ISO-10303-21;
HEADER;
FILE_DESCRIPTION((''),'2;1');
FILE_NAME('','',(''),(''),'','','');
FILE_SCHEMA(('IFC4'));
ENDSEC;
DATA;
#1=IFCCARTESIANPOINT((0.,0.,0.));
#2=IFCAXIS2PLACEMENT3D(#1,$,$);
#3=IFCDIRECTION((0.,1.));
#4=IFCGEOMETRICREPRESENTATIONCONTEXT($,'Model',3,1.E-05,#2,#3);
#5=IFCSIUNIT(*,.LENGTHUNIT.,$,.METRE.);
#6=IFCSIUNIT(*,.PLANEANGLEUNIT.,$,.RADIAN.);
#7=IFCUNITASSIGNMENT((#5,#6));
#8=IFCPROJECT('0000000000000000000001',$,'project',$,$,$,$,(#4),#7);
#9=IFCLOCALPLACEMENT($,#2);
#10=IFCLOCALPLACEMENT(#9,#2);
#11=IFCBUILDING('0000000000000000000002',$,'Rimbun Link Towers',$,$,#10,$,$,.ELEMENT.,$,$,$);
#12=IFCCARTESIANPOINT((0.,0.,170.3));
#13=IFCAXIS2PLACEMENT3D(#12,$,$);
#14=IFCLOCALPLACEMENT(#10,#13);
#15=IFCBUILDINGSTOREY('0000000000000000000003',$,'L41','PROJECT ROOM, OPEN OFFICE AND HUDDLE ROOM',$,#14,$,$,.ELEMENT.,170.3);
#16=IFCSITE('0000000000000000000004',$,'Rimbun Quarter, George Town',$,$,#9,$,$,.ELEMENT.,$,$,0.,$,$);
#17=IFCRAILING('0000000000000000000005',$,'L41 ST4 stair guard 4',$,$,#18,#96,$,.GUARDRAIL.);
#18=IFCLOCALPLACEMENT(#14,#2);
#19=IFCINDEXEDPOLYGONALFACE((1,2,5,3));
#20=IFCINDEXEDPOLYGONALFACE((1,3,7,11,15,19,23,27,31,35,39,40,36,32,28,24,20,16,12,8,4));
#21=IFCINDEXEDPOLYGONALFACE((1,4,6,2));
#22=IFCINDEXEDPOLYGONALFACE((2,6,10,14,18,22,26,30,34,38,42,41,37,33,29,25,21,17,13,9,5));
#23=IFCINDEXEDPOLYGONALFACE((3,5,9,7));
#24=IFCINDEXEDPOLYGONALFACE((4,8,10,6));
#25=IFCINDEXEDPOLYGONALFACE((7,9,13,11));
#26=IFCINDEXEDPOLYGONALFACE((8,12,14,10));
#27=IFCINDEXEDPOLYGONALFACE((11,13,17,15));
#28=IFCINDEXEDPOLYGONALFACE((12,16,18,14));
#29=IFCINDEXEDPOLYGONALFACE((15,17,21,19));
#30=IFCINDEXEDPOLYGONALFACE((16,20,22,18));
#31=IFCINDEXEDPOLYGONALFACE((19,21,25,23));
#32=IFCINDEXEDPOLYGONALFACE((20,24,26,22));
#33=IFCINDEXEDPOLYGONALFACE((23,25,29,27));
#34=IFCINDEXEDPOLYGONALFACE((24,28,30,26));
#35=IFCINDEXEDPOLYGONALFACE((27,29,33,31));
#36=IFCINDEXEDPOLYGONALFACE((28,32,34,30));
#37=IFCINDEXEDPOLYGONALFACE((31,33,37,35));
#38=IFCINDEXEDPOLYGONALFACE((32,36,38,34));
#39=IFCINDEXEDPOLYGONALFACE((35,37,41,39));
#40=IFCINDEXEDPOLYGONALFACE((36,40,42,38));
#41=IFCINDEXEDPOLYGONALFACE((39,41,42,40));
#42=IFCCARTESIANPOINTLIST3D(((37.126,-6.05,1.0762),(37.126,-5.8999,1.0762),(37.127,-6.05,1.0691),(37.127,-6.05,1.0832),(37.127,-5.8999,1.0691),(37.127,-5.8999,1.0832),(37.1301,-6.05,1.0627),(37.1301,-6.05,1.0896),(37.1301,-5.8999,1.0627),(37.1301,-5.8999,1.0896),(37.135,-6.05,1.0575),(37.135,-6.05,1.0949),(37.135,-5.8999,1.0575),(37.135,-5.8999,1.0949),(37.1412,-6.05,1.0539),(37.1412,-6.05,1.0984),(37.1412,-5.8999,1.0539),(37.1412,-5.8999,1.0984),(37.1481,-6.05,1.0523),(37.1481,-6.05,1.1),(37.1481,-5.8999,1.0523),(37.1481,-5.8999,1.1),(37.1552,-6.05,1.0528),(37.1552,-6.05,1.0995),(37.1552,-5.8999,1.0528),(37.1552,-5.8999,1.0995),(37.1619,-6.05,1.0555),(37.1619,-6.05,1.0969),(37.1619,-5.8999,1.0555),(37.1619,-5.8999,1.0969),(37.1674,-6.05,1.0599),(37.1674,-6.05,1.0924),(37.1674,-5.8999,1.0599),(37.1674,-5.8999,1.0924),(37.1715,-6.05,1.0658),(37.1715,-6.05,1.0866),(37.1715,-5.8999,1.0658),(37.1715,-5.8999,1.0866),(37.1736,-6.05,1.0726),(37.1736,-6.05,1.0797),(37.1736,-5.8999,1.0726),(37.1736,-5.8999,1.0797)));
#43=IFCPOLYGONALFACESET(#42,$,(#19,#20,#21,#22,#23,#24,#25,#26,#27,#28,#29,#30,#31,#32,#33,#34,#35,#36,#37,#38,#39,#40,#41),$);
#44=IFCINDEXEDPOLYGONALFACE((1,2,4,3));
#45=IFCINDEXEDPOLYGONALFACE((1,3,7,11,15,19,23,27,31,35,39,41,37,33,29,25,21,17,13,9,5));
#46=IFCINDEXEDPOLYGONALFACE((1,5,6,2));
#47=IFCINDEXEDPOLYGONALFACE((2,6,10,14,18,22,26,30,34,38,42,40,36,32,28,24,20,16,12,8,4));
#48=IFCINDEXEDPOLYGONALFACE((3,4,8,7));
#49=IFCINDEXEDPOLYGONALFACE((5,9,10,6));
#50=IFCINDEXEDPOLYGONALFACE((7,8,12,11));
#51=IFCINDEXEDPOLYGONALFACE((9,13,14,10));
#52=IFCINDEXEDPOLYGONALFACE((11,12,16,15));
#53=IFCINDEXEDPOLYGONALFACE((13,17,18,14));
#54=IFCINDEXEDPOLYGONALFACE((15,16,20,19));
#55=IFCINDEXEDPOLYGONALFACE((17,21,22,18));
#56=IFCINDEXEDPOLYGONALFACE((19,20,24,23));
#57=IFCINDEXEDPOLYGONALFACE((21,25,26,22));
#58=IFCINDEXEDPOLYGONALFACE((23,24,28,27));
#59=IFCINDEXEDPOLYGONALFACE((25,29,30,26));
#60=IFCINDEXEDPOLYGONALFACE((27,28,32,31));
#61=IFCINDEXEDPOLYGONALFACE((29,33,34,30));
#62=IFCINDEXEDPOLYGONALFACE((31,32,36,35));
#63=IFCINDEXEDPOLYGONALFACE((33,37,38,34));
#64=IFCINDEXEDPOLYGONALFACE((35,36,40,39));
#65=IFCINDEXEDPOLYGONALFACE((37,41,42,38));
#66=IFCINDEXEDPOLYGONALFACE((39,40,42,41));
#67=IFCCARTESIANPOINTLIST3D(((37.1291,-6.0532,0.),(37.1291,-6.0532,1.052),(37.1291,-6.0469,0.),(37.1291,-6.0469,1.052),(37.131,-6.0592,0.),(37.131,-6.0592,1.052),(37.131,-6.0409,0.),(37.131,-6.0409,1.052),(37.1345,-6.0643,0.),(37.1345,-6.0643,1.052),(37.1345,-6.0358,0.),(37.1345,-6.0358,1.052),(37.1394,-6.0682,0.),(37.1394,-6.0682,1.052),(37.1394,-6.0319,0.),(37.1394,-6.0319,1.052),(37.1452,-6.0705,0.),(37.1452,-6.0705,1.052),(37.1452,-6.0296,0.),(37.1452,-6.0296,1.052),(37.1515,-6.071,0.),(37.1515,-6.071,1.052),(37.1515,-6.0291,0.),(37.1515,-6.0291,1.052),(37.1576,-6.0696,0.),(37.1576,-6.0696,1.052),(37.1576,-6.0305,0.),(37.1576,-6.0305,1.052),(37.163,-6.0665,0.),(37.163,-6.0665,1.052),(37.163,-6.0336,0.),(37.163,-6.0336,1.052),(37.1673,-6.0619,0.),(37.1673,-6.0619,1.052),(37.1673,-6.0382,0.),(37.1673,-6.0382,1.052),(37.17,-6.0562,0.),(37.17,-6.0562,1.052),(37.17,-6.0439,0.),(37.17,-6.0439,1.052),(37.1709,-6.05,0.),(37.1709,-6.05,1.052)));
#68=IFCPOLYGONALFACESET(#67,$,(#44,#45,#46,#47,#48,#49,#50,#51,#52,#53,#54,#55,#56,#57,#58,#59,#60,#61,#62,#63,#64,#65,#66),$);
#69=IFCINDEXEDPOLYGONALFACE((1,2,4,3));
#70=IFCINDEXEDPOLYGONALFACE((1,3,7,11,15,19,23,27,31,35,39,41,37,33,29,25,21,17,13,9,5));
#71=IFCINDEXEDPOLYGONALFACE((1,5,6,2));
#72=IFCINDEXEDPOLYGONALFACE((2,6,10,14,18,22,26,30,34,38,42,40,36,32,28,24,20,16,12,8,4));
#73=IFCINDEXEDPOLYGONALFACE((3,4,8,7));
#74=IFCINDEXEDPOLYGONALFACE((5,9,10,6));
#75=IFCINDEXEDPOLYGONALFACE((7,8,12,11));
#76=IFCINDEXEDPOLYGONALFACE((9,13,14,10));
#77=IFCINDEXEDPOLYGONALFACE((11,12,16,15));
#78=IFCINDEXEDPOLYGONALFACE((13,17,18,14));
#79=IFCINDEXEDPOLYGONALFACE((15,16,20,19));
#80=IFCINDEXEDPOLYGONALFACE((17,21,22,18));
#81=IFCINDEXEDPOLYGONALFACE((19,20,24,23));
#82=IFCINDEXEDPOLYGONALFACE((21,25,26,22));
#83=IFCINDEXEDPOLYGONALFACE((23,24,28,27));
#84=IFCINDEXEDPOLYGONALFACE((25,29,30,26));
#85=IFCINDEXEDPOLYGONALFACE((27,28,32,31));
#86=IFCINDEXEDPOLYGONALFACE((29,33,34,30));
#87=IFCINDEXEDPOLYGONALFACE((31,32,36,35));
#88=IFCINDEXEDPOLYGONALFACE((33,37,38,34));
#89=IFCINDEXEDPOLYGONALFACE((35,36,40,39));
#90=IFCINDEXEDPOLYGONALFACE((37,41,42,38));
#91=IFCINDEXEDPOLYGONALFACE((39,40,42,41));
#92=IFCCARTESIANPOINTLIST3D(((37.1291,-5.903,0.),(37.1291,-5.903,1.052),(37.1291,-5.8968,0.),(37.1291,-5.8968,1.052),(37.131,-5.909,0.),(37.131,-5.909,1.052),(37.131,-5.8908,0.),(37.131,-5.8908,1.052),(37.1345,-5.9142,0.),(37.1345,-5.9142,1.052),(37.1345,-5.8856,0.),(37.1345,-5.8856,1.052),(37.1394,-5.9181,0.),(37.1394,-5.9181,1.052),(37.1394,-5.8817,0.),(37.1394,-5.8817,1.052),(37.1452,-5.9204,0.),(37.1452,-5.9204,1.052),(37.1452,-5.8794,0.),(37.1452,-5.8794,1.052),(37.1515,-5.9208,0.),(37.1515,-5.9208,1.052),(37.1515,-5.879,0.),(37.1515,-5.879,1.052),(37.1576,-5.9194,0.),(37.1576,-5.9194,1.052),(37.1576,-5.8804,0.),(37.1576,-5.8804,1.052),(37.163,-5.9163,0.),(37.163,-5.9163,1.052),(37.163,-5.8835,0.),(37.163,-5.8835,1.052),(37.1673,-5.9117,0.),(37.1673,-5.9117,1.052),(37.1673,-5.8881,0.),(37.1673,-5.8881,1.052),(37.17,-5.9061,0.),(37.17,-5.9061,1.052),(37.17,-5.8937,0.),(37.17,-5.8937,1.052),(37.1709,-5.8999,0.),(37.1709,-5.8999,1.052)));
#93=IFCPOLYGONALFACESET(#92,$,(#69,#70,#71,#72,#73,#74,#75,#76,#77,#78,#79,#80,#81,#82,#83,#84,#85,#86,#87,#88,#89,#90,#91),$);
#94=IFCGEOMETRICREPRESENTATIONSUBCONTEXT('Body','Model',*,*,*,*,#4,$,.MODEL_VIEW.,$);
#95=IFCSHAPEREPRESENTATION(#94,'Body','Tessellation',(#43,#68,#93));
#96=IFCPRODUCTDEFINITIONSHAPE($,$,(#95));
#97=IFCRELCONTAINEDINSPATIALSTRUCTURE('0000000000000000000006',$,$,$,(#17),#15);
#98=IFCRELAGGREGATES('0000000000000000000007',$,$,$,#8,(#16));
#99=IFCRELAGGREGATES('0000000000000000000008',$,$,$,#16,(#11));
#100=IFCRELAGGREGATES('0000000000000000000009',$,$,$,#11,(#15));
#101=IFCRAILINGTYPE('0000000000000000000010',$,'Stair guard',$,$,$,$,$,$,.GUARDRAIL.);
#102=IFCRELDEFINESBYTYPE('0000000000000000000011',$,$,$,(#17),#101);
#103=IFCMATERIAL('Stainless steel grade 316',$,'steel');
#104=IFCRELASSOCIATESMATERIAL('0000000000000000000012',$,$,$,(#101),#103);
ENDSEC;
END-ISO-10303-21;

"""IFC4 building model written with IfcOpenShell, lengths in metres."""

from ifc_helpers import new_model, si_unit, direction, frame, origin, origin_2d, place, context, subcontext, project, spatial, circle, extrude, material, type_object, element, save


model = new_model("IFC4")

# Units and contexts
model_context = context("Model", 3, precision=1e-05, world=origin(), true_north=direction((0.0, 1.0)))
body_context = subcontext(model_context, "Body", "Model", "MODEL_VIEW")
ifc_project = project(units=[si_unit("LENGTHUNIT", "METRE"), si_unit("PLANEANGLEUNIT", "RADIAN")], contexts=[model_context])

# Site, building, storey
site_placement = place(None, origin())
site = spatial("IfcSite", under=ifc_project, at=site_placement, Name="Rimbun Quarter, George Town", CompositionType="ELEMENT", RefElevation=0.0)
building_placement = place(site_placement, origin())
building = spatial("IfcBuilding", under=site, at=building_placement, Name="Rimbun Link Towers", CompositionType="ELEMENT")
storey_placement = place(building_placement, frame((0.0, 0.0, 170.3)))
storey = spatial("IfcBuildingStorey", under=building, at=storey_placement, Name="L41", Description="PROJECT ROOM, OPEN OFFICE AND HUDDLE ROOM", CompositionType="ELEMENT", Elevation=170.3)

# Railing
ifc_material_1 = material(Name="Stainless steel grade 316", Category="steel")
railing_type_1 = type_object("IfcRailingType", Name="Stair guard", PredefinedType="GUARDRAIL", material=ifc_material_1)
railing_1_placement = place(storey_placement, frame((37.1499, -6.05, 0.0)))
element("IfcRailing", 1, at=railing_1_placement, inside=storey, type_object=railing_type_1, Name="L41 ST4 stair guard 4", PredefinedType="GUARDRAIL", context=body_context, shape_type="SweptSolid", body=[
    extrude(circle(Radius=0.0239, at=origin_2d()), frame((0.0, 0.0, 1.0762), z_axis=(0.0, 1.0, 0.0), x_axis=(-1.0, 0.0, 0.0)), (0.0, 0.0, 1.0), 0.1501),
    extrude(circle(Radius=0.021, at=origin_2d()), origin(), (0.0, 0.0, 1.0), 1.052),
    extrude(circle(Radius=0.021, at=origin_2d()), frame((0.0, 0.1501, 0.0)), (0.0, 0.0, 1.0), 1.052),
])

save(model, "model.ifc")
